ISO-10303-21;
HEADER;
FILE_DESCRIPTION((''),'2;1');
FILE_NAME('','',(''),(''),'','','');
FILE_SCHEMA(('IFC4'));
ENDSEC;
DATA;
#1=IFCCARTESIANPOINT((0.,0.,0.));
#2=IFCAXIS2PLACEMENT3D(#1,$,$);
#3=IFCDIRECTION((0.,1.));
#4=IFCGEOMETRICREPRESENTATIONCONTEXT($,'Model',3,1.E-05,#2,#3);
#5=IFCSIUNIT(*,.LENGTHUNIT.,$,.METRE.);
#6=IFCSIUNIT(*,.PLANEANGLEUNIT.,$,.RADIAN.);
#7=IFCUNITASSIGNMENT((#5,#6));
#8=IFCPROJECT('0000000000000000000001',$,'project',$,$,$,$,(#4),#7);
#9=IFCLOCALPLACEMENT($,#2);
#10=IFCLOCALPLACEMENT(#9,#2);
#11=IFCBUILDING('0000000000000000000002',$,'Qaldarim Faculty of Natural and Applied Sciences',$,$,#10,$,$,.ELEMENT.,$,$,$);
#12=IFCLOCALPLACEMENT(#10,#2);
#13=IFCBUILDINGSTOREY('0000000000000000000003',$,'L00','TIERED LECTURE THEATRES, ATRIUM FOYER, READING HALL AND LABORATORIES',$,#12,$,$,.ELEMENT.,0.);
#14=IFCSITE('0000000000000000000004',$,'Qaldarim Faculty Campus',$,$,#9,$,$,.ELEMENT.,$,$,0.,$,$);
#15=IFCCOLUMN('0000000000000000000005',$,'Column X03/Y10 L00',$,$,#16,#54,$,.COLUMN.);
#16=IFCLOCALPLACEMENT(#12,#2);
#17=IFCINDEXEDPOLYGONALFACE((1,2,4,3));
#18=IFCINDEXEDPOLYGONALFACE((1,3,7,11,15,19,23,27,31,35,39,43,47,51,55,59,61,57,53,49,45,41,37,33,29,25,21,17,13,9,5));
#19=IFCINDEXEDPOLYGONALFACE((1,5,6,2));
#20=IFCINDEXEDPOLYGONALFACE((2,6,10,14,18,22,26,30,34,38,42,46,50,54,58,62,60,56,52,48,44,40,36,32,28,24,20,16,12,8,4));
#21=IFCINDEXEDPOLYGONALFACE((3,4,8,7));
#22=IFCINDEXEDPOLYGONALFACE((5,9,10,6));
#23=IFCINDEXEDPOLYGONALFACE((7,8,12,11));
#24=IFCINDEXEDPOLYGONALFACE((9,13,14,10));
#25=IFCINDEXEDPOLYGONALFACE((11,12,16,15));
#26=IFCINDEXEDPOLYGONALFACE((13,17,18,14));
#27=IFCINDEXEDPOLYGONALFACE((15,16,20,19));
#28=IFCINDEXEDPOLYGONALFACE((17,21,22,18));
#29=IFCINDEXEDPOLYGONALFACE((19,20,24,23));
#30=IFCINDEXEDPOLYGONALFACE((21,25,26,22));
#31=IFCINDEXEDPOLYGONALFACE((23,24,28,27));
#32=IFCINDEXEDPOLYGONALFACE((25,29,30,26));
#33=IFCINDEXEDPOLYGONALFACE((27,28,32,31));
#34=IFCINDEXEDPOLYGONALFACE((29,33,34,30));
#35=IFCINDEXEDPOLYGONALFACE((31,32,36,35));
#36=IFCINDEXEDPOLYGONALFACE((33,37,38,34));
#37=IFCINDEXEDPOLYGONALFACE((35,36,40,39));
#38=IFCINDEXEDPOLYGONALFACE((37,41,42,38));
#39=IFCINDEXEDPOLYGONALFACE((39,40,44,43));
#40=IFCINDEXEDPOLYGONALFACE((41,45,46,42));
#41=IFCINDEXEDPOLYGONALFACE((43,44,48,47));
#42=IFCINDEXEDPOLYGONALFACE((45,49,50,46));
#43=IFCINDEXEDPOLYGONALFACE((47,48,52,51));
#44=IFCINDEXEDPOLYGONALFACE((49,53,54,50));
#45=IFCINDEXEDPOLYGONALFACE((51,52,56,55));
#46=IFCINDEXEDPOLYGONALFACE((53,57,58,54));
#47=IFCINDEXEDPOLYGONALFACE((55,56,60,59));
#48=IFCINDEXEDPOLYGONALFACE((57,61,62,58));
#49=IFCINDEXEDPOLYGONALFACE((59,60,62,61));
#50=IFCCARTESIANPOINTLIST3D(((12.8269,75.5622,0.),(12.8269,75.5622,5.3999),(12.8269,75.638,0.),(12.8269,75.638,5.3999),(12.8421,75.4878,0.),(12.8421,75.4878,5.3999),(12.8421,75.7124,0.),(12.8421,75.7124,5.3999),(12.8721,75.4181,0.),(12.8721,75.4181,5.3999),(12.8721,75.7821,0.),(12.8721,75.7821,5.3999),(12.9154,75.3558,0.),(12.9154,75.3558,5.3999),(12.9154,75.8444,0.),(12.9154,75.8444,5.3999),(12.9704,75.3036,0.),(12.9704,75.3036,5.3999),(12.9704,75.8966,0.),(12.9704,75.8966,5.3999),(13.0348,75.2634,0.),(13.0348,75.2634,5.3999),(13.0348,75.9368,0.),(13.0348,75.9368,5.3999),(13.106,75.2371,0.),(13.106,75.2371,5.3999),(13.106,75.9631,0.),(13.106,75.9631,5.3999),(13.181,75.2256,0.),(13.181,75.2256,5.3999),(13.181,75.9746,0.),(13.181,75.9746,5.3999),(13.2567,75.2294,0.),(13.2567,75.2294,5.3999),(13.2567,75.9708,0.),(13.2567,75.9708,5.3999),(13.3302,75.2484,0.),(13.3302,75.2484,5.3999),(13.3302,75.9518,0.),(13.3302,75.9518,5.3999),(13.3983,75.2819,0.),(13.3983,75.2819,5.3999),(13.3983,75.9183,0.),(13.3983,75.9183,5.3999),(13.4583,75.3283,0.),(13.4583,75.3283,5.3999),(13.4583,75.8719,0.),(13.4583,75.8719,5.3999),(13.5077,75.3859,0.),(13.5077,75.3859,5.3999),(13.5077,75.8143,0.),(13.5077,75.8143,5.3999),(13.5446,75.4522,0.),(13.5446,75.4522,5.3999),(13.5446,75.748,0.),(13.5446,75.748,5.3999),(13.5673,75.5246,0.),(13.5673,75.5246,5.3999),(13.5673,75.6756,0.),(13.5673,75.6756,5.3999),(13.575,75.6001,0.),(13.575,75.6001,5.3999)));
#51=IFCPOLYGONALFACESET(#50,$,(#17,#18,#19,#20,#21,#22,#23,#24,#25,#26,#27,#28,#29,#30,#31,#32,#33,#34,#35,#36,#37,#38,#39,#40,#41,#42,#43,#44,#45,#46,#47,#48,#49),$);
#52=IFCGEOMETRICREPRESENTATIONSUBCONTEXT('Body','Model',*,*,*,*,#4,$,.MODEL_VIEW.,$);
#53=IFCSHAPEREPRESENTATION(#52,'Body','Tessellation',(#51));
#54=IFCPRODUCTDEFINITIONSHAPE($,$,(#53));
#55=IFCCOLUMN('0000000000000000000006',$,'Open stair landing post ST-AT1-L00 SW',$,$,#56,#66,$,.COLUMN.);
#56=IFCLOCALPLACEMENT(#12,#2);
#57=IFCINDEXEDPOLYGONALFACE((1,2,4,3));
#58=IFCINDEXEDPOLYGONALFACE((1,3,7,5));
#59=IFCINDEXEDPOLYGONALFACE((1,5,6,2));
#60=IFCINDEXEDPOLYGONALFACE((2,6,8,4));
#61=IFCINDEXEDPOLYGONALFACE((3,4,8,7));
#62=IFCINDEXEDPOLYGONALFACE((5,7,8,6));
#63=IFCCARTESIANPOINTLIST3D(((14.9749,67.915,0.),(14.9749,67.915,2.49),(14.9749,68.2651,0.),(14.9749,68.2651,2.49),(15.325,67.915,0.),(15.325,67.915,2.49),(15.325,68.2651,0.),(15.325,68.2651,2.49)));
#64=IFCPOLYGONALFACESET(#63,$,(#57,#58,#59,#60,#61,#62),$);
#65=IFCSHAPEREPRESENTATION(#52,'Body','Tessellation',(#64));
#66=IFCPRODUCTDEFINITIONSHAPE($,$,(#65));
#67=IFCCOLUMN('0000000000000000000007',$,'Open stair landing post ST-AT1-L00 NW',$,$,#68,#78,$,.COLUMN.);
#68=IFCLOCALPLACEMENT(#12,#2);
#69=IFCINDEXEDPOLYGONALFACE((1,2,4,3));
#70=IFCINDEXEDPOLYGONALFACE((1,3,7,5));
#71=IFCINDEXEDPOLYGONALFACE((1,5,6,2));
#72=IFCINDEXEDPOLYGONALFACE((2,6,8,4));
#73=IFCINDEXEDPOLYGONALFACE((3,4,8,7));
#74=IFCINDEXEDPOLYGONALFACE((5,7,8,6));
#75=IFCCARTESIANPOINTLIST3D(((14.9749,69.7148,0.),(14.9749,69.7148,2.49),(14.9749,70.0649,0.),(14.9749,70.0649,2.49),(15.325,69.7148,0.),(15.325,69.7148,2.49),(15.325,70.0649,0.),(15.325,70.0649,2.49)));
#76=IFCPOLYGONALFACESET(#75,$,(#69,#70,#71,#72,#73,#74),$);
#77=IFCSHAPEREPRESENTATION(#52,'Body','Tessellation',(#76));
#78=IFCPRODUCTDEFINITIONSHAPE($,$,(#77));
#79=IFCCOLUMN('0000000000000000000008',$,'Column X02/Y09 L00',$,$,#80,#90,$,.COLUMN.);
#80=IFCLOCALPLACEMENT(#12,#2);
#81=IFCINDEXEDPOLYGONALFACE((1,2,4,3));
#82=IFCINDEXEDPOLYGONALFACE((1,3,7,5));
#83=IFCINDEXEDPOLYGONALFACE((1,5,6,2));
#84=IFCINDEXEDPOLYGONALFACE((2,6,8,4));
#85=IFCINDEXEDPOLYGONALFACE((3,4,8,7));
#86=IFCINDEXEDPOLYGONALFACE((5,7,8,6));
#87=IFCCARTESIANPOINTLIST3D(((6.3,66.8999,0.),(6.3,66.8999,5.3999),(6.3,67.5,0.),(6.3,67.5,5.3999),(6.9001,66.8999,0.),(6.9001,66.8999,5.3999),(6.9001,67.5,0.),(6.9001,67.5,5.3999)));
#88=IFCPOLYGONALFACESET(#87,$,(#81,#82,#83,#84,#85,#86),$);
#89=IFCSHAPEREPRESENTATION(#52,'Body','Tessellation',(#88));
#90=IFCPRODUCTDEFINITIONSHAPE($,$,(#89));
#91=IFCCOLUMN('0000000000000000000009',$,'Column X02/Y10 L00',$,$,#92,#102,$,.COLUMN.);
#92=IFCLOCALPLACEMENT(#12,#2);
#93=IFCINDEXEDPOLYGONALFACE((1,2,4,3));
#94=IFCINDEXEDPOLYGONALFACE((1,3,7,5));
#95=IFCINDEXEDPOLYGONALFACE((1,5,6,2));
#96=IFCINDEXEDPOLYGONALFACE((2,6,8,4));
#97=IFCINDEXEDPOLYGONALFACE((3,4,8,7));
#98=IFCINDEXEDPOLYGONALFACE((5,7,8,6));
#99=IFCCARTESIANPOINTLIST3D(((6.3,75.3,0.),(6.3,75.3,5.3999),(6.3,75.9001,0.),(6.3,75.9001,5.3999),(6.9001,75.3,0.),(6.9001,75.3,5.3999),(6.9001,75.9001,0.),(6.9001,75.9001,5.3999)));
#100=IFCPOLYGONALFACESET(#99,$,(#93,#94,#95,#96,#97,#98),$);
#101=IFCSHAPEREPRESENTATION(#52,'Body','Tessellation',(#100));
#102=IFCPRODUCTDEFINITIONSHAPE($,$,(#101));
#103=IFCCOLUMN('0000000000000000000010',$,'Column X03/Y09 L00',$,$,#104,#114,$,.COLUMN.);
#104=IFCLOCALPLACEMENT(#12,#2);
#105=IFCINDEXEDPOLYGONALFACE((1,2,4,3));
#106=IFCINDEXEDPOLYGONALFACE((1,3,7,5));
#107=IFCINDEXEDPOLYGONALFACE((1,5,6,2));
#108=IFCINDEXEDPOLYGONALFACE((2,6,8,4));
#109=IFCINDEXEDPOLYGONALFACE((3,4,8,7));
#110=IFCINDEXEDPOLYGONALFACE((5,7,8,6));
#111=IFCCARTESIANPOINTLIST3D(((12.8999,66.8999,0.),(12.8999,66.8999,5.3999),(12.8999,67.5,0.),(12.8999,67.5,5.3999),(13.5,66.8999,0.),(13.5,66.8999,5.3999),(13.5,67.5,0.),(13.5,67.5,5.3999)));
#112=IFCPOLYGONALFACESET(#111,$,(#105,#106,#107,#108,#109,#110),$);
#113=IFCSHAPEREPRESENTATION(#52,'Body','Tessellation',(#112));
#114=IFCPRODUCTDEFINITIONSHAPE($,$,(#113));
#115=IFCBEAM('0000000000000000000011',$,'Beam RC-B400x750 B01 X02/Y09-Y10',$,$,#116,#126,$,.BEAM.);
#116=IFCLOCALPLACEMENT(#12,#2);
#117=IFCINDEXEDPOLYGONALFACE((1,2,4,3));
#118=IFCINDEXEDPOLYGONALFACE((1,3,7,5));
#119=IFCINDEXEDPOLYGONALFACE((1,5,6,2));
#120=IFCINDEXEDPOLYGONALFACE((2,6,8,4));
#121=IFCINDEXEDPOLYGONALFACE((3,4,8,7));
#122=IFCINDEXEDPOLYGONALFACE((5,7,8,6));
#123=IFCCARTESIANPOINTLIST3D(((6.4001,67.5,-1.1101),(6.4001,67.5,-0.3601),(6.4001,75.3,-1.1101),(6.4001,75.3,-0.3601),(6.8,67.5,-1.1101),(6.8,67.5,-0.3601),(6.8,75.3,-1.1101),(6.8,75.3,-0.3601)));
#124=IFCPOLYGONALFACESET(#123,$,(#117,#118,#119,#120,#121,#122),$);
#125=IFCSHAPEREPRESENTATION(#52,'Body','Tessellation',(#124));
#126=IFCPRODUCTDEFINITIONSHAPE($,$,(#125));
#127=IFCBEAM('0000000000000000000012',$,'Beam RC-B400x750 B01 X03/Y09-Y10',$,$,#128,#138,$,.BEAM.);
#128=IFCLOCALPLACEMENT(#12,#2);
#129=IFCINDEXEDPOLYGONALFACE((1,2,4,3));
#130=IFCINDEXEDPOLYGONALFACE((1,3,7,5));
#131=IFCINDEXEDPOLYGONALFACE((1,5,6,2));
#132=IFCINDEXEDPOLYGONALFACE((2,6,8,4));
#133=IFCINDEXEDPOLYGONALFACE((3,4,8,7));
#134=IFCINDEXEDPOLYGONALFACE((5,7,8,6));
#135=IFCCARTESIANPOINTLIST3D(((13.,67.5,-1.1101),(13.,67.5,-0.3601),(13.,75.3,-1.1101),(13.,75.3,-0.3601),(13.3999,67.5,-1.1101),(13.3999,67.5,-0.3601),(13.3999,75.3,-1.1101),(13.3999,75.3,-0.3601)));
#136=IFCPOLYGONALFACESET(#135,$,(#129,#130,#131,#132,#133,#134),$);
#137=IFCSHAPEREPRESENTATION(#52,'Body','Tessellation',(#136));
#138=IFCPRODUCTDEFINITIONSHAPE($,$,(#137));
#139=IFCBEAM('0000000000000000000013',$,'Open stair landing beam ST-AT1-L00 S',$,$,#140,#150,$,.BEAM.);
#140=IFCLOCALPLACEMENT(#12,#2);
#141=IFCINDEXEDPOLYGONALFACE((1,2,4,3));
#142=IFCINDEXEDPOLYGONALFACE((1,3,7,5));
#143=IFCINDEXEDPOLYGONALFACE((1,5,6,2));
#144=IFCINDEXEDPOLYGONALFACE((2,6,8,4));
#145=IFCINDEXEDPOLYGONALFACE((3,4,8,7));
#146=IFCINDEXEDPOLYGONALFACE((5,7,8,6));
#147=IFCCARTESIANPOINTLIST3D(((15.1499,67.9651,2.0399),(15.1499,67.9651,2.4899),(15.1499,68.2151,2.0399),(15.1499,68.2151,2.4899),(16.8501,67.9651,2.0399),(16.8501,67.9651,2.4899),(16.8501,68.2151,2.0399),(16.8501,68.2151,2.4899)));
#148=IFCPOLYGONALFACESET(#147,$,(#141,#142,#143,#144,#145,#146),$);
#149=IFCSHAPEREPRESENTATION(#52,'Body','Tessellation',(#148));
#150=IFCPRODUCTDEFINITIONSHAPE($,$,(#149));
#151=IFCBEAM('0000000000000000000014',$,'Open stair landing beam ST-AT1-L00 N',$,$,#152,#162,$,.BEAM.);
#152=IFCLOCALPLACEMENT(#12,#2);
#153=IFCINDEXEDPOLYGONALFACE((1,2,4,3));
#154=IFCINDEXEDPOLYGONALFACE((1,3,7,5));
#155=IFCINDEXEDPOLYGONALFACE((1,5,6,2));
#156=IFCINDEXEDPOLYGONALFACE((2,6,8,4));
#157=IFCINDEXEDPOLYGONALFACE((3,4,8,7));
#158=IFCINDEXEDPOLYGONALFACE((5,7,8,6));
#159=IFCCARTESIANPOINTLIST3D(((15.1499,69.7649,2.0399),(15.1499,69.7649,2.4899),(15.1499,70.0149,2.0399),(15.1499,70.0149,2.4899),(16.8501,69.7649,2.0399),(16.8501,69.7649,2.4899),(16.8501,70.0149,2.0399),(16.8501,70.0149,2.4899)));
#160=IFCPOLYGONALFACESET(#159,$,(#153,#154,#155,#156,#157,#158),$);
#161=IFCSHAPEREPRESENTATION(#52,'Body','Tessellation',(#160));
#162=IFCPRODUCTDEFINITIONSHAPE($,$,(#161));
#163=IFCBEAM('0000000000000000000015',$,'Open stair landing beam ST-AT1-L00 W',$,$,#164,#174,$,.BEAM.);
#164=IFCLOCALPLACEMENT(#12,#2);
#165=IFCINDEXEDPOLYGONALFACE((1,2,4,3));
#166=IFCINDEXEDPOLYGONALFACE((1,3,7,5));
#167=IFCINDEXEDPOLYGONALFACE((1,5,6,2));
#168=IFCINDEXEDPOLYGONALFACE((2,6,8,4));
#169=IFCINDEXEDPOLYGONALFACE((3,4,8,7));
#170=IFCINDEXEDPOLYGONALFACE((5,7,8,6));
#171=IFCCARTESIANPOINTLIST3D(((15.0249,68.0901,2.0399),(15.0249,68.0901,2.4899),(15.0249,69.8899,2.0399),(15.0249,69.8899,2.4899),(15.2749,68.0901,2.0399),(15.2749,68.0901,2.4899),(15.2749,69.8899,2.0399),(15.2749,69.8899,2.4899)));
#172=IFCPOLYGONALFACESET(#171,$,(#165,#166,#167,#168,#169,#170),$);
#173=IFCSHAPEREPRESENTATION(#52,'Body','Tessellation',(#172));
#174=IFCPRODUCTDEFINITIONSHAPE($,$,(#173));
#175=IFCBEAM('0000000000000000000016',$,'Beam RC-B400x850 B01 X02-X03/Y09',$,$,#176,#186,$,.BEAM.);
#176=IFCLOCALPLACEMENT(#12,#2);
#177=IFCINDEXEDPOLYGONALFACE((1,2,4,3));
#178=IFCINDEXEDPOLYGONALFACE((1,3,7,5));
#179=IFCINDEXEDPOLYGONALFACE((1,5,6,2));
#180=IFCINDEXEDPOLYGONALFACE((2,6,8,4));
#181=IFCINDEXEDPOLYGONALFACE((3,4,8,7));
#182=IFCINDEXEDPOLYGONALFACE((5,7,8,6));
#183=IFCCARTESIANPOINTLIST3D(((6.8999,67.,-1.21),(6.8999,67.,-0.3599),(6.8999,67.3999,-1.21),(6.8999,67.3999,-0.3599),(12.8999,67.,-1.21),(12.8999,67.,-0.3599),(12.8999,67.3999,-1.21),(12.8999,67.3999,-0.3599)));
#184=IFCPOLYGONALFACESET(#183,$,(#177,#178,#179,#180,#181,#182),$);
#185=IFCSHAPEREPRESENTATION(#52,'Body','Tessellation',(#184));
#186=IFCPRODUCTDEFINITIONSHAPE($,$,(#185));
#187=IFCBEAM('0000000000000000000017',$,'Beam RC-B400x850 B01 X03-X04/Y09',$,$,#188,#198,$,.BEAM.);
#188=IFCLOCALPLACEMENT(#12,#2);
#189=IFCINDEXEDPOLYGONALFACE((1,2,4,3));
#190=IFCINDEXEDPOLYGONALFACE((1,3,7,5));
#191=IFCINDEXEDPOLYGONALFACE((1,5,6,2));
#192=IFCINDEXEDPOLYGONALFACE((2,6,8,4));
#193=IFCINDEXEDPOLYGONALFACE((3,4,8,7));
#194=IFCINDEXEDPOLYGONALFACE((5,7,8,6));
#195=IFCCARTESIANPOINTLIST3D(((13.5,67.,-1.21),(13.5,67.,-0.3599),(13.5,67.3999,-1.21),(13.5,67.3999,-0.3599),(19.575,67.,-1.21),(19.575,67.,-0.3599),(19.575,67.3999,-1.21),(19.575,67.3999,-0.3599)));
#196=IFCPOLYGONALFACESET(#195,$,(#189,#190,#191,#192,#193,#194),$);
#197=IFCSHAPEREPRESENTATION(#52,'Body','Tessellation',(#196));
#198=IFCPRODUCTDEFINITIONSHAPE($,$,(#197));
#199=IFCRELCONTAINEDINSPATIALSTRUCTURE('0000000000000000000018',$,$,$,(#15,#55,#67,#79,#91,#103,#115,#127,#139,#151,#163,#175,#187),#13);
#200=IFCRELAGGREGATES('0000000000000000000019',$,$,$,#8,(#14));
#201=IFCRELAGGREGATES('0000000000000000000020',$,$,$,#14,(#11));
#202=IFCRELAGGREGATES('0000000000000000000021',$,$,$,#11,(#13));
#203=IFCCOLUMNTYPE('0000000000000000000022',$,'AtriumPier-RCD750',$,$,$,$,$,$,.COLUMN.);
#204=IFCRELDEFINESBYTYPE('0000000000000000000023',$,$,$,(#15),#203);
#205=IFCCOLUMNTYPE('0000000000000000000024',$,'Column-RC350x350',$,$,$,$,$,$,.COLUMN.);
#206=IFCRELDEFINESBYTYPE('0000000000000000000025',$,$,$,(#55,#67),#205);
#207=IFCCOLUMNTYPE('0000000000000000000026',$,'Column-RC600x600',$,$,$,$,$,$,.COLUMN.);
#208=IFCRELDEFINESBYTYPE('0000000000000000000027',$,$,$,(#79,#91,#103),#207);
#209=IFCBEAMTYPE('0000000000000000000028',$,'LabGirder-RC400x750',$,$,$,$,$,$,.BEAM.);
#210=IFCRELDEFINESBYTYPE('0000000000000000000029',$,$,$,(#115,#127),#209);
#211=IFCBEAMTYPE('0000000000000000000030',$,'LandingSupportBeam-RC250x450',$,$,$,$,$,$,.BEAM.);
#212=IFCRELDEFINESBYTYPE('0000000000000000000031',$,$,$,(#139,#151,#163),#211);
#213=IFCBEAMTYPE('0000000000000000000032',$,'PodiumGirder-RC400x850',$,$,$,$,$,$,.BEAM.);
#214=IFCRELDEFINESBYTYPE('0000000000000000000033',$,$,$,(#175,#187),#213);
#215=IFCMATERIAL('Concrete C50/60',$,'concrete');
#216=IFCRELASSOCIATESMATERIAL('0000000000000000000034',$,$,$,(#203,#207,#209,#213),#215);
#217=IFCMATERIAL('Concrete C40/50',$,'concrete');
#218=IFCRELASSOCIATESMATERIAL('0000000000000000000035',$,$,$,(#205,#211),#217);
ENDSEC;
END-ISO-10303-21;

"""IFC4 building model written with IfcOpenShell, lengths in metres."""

from ifc_helpers import new_model, si_unit, direction, frame, origin, origin_2d, place, context, subcontext, project, spatial, rectangle, circle, extrude, material, material_profile, profile_set, type_object, element, save


model = new_model("IFC4")

# Units and contexts
model_context = context("Model", 3, precision=1e-05, world=origin(), true_north=direction((0.0, 1.0)))
body_context = subcontext(model_context, "Body", "Model", "MODEL_VIEW")
ifc_project = project(units=[si_unit("LENGTHUNIT", "METRE"), si_unit("PLANEANGLEUNIT", "RADIAN")], contexts=[model_context])

# Site, building, storey
site_placement = place(None, origin())
site = spatial("IfcSite", under=ifc_project, at=site_placement, Name="Qaldarim Faculty Campus", CompositionType="ELEMENT", RefElevation=0.0)
building_placement = place(site_placement, origin())
building = spatial("IfcBuilding", under=site, at=building_placement, Name="Qaldarim Faculty of Natural and Applied Sciences", CompositionType="ELEMENT")
storey_placement = place(building_placement, origin())
storey = spatial("IfcBuildingStorey", under=building, at=storey_placement, Name="L00", Description="TIERED LECTURE THEATRES, ATRIUM FOYER, READING HALL AND LABORATORIES", CompositionType="ELEMENT", Elevation=0.0)

# Columns
ifc_material_1 = material(Name="Concrete C50/60", Category="concrete")
ifc_material_profile_1 = material_profile(ifc_material_1, circle(Radius=0.375, at=origin_2d()), Name="RC-D750")
ifc_profile_set_1 = profile_set([ifc_material_profile_1], Name="Concrete C50/60")
column_type_1 = type_object("IfcColumnType", Name="AtriumPier-RCD750", PredefinedType="COLUMN", material=ifc_profile_set_1)
column_placement = place(storey_placement, frame((13.2, 75.6001, 0.0), z_axis=(0.0, 0.0, 1.0), x_axis=(1.0, 0.0, 0.0)))
element("IfcColumn", 1, at=column_placement, inside=storey, type_object=column_type_1, Name="Column X03/Y10 L00", PredefinedType="COLUMN", context=body_context, shape_type="SweptSolid", body=[
    extrude(circle(Radius=0.375, at=origin_2d()), origin(), (0.0, 0.0, 1.0), 5.3999),
])
ifc_material_2 = material(Name="Concrete C40/50", Category="concrete")
ifc_material_profile_2 = material_profile(ifc_material_2, rectangle(XDim=0.3501, YDim=0.3501, at=origin_2d()), Name="RC-C350x350")
ifc_profile_set_2 = profile_set([ifc_material_profile_2], Name="Concrete C40/50")
column_type_2 = type_object("IfcColumnType", Name="Column-RC350x350", PredefinedType="COLUMN", material=ifc_profile_set_2)
for number, where, z_axis, x_axis, name in (
    (2, (15.1499, 68.0901, 0.0), (0.0, 0.0, 1.0), (1.0, 0.0, 0.0), "Open stair landing post ST-AT1-L00 SW"),
    (3, (15.1499, 69.8899, 0.0), (0.0, 0.0, 1.0), (1.0, 0.0, 0.0), "Open stair landing post ST-AT1-L00 NW"),
):
    element("IfcColumn", number, at=place(storey_placement, frame(where, z_axis=z_axis, x_axis=x_axis)), inside=storey, type_object=column_type_2, Name=name, PredefinedType="COLUMN", context=body_context, shape_type="SweptSolid", body=[
        extrude(rectangle(XDim=0.3501, YDim=0.3501, at=origin_2d()), origin(), (0.0, 0.0, 1.0), 2.49),
    ])
ifc_material_profile_3 = material_profile(ifc_material_1, rectangle(XDim=0.6001, YDim=0.6001, at=origin_2d()), Name="RC-C600x600")
ifc_profile_set_3 = profile_set([ifc_material_profile_3], Name="Concrete C50/60")
column_type_3 = type_object("IfcColumnType", Name="Column-RC600x600", PredefinedType="COLUMN", material=ifc_profile_set_3)
for number, where, z_axis, x_axis, name in (
    (4, (6.6001, 67.2, 0.0), (0.0, 0.0, 1.0), (1.0, 0.0, 0.0), "Column X02/Y09 L00"),
    (5, (6.6001, 75.6001, 0.0), (0.0, 0.0, 1.0), (1.0, 0.0, 0.0), "Column X02/Y10 L00"),
    (6, (13.2, 67.2, 0.0), (0.0, 0.0, 1.0), (1.0, 0.0, 0.0), "Column X03/Y09 L00"),
):
    element("IfcColumn", number, at=place(storey_placement, frame(where, z_axis=z_axis, x_axis=x_axis)), inside=storey, type_object=column_type_3, Name=name, PredefinedType="COLUMN", context=body_context, shape_type="SweptSolid", body=[
        extrude(rectangle(XDim=0.6001, YDim=0.6001, at=origin_2d()), origin(), (0.0, 0.0, 1.0), 5.3999),
    ])

# Beams
ifc_material_profile_4 = material_profile(ifc_material_1, rectangle(XDim=0.3999, YDim=0.75, at=origin_2d()), Name="RC-B400x750")
ifc_profile_set_4 = profile_set([ifc_material_profile_4], Name="Concrete C50/60")
beam_type_1 = type_object("IfcBeamType", Name="LabGirder-RC400x750", PredefinedType="BEAM", material=ifc_profile_set_4)
for number, where, z_axis, x_axis, name in (
    (7, (6.6001, 67.5, -0.7351), (0.0, 1.0, 0.0), (-1.0, 0.0, 0.0), "Beam RC-B400x750 B01 X02/Y09-Y10"),
    (8, (13.2, 67.5, -0.7351), (0.0, 1.0, 0.0), (-1.0, 0.0, 0.0), "Beam RC-B400x750 B01 X03/Y09-Y10"),
):
    element("IfcBeam", number, at=place(storey_placement, frame(where, z_axis=z_axis, x_axis=x_axis)), inside=storey, type_object=beam_type_1, Name=name, PredefinedType="BEAM", context=body_context, shape_type="SweptSolid", body=[
        extrude(rectangle(XDim=0.3999, YDim=0.75, at=origin_2d()), origin(), (0.0, 0.0, 1.0), 7.8),
    ])
ifc_material_profile_5 = material_profile(ifc_material_2, rectangle(XDim=0.25, YDim=0.45, at=origin_2d()), Name="RC-LN250x450")
ifc_profile_set_5 = profile_set([ifc_material_profile_5], Name="Concrete C40/50")
beam_type_2 = type_object("IfcBeamType", Name="LandingSupportBeam-RC250x450", PredefinedType="BEAM", material=ifc_profile_set_5)
for number, where, z_axis, x_axis, name in (
    (9, (15.1499, 68.0901, 2.2649), (1.0, 0.0, 0.0), (0.0, 1.0, 0.0), "Open stair landing beam ST-AT1-L00 S"),
    (10, (15.1499, 69.8899, 2.2649), (1.0, 0.0, 0.0), (0.0, 1.0, 0.0), "Open stair landing beam ST-AT1-L00 N"),
):
    element("IfcBeam", number, at=place(storey_placement, frame(where, z_axis=z_axis, x_axis=x_axis)), inside=storey, type_object=beam_type_2, Name=name, PredefinedType="BEAM", context=body_context, shape_type="SweptSolid", body=[
        extrude(rectangle(XDim=0.25, YDim=0.45, at=origin_2d()), origin(), (0.0, 0.0, 1.0), 1.7002),
    ])
beam_1_placement = place(storey_placement, frame((15.1499, 68.0901, 2.2649), z_axis=(0.0, 1.0, 0.0), x_axis=(-1.0, 0.0, 0.0)))
element("IfcBeam", 11, at=beam_1_placement, inside=storey, type_object=beam_type_2, Name="Open stair landing beam ST-AT1-L00 W", PredefinedType="BEAM", context=body_context, shape_type="SweptSolid", body=[
    extrude(rectangle(XDim=0.25, YDim=0.45, at=origin_2d()), origin(), (0.0, 0.0, 1.0), 1.7998),
])
ifc_material_profile_6 = material_profile(ifc_material_1, rectangle(XDim=0.3999, YDim=0.8501, at=origin_2d()), Name="RC-B400x850")
ifc_profile_set_6 = profile_set([ifc_material_profile_6], Name="Concrete C50/60")
beam_type_3 = type_object("IfcBeamType", Name="PodiumGirder-RC400x850", PredefinedType="BEAM", material=ifc_profile_set_6)
beam_2_placement = place(storey_placement, frame((6.8999, 67.2, -0.7849), z_axis=(1.0, 0.0, 0.0), x_axis=(0.0, 1.0, 0.0)))
element("IfcBeam", 12, at=beam_2_placement, inside=storey, type_object=beam_type_3, Name="Beam RC-B400x850 B01 X02-X03/Y09", PredefinedType="BEAM", context=body_context, shape_type="SweptSolid", body=[
    extrude(rectangle(XDim=0.3999, YDim=0.8501, at=origin_2d()), origin(), (0.0, 0.0, 1.0), 6.0),
])
beam_3_placement = place(storey_placement, frame((13.5, 67.2, -0.7849), z_axis=(1.0, 0.0, 0.0), x_axis=(0.0, 1.0, 0.0)))
element("IfcBeam", 13, at=beam_3_placement, inside=storey, type_object=beam_type_3, Name="Beam RC-B400x850 B01 X03-X04/Y09", PredefinedType="BEAM", context=body_context, shape_type="SweptSolid", body=[
    extrude(rectangle(XDim=0.3999, YDim=0.8501, at=origin_2d()), origin(), (0.0, 0.0, 1.0), 6.075),
])

save(model, "model.ifc")
